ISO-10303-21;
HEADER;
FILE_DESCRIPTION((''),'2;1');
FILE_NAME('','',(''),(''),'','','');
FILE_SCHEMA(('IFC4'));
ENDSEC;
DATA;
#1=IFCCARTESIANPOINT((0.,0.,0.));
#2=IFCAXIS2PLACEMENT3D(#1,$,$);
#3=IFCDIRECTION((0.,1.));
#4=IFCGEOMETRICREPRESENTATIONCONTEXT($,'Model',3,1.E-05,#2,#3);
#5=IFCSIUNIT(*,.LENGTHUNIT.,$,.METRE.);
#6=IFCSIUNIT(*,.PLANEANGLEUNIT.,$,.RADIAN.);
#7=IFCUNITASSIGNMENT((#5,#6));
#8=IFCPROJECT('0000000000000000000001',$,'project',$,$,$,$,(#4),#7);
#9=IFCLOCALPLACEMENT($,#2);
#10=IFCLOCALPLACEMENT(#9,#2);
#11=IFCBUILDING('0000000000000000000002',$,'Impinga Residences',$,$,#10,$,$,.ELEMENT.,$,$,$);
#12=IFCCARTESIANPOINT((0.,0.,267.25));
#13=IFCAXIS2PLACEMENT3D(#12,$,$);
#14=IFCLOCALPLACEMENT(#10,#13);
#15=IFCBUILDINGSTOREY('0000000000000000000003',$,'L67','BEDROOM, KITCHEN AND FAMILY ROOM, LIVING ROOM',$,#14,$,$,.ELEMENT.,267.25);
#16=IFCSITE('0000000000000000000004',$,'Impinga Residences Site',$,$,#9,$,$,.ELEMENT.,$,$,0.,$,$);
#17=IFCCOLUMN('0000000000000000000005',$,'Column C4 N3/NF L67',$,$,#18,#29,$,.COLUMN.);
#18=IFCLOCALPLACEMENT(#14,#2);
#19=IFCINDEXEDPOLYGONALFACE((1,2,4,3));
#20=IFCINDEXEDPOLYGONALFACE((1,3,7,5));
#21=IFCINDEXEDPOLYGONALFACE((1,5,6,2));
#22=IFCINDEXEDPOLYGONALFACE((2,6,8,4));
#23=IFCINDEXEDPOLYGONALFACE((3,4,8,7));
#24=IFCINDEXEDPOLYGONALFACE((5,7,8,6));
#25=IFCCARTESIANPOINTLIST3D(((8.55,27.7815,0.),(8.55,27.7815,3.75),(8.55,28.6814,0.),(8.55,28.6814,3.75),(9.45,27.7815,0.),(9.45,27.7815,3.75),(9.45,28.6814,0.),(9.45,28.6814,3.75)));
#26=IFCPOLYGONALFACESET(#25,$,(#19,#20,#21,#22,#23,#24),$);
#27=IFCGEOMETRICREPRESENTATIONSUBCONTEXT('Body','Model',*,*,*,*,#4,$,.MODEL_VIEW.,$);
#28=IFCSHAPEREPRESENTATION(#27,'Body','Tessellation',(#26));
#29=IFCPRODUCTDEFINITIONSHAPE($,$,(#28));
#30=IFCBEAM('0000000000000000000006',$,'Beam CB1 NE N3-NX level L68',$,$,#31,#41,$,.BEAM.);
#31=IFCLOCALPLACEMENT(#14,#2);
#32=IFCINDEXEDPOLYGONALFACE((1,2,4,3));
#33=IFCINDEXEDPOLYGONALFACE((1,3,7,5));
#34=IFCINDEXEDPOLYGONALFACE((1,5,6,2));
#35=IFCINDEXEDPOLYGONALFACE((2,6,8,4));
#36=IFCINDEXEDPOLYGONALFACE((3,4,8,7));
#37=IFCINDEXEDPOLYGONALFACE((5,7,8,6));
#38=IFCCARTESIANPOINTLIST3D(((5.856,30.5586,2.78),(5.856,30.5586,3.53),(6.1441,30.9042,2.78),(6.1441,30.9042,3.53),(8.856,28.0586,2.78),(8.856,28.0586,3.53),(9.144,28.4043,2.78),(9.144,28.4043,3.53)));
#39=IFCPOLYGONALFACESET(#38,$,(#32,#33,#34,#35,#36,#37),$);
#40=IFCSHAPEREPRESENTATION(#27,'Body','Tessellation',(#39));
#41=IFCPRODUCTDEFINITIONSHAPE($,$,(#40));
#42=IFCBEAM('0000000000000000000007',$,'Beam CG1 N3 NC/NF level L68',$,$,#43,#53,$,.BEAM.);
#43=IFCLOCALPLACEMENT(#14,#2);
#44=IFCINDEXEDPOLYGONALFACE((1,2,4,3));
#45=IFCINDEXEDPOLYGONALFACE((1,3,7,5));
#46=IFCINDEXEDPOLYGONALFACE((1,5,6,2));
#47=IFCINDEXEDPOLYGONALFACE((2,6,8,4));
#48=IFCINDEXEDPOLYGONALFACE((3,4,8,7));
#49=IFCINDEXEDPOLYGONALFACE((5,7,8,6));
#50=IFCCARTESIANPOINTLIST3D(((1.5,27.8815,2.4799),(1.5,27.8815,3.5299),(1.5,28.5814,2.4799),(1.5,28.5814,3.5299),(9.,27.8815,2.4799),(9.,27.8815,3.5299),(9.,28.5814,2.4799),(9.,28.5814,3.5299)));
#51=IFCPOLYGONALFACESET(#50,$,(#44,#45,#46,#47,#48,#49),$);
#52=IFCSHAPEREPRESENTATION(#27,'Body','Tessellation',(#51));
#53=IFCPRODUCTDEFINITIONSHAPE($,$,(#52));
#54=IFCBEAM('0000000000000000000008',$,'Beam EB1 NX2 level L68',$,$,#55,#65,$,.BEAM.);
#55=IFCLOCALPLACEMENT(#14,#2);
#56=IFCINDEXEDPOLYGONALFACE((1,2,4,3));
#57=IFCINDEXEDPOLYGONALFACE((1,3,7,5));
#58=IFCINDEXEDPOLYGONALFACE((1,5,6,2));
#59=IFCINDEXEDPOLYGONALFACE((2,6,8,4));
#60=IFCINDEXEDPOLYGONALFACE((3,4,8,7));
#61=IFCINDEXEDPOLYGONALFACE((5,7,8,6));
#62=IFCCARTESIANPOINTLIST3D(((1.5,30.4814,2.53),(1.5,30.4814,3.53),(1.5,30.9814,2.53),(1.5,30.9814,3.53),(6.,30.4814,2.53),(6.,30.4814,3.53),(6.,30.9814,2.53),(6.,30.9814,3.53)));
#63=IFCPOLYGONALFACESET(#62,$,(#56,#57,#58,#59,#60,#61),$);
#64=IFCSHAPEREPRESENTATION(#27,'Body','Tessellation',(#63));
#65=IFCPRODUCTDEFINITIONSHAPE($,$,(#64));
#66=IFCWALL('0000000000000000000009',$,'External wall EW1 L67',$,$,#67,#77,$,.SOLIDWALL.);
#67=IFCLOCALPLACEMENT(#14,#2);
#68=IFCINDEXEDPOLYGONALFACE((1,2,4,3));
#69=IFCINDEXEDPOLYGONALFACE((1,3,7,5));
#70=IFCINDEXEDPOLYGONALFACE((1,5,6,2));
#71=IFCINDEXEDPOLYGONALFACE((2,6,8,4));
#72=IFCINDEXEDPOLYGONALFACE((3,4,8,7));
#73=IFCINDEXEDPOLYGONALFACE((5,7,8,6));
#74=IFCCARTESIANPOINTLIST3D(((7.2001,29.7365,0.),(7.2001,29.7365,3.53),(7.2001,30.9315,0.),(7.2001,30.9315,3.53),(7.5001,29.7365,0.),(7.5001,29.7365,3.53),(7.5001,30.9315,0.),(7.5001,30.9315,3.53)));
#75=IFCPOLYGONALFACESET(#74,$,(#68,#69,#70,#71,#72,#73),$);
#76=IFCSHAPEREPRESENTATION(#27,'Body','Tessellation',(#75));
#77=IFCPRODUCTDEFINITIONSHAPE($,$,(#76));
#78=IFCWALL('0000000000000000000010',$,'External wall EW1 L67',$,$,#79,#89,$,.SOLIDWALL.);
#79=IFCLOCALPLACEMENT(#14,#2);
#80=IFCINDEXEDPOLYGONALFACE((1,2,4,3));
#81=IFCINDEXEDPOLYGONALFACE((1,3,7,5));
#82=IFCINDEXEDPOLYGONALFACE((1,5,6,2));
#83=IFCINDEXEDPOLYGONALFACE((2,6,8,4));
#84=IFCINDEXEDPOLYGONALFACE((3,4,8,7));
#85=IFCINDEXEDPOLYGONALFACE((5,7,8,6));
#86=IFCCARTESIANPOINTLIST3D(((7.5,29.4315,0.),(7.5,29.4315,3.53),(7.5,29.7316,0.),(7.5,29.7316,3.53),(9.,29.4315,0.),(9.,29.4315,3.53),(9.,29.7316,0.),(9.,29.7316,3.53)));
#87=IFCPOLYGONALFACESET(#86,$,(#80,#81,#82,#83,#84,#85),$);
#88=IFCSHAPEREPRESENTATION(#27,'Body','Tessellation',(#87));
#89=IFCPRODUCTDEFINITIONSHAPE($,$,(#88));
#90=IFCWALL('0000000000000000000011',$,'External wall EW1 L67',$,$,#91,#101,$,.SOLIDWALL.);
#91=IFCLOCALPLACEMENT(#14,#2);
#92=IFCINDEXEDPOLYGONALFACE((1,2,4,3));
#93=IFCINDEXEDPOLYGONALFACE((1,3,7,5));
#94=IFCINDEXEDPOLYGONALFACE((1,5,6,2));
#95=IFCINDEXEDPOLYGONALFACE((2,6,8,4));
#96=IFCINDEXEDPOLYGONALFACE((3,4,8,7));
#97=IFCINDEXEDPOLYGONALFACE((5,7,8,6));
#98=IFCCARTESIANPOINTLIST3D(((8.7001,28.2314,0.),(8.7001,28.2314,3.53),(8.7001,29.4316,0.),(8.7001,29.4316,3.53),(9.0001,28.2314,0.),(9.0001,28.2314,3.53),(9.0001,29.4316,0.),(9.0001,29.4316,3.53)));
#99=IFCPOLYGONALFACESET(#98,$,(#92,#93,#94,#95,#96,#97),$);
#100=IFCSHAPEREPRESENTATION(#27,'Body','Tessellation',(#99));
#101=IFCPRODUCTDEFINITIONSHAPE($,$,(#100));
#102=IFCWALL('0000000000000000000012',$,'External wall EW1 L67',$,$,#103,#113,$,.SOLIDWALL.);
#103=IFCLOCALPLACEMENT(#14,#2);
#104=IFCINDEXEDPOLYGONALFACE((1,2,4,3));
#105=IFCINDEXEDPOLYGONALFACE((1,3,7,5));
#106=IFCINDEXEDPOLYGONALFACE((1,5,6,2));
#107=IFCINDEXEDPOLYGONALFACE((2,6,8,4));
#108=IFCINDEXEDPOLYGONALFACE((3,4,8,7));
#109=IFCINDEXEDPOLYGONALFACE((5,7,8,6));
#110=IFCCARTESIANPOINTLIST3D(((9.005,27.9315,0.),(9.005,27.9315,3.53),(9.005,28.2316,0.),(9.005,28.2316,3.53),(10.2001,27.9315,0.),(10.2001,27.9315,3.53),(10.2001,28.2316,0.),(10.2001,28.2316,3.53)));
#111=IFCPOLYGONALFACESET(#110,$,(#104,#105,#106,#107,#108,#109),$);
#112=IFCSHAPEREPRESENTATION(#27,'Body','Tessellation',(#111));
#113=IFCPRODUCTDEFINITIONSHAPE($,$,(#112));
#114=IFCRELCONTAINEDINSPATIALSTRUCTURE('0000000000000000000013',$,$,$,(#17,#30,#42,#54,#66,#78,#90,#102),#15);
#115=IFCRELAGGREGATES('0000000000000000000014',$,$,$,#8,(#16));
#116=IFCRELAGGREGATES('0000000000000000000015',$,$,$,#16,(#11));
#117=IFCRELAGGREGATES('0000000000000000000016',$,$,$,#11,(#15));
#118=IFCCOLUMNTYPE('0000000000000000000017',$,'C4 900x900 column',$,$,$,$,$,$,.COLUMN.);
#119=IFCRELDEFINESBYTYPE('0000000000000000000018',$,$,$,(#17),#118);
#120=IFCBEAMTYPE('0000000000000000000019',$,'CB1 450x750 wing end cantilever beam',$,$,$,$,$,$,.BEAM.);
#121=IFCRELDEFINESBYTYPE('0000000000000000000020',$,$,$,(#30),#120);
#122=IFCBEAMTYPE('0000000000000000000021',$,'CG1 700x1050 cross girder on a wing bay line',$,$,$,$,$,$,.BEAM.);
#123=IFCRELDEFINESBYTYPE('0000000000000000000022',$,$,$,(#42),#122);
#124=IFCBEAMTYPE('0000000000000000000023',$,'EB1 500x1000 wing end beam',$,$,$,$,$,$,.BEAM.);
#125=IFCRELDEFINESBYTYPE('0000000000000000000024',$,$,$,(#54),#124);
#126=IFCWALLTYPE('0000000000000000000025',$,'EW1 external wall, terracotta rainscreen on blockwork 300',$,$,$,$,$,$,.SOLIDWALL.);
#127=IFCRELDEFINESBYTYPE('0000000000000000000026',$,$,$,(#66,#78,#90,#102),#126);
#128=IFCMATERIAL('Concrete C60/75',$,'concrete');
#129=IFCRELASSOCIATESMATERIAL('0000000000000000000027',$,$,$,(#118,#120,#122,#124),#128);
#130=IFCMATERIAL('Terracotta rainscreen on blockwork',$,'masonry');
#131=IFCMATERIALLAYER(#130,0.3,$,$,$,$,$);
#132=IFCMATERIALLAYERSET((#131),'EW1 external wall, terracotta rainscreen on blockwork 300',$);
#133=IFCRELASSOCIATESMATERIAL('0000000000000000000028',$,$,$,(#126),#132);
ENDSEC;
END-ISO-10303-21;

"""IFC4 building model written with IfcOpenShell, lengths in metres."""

from ifc_helpers import new_model, si_unit, direction, frame, frame_2d, origin, origin_2d, place, context, subcontext, project, spatial, rectangle, extrude, material, layer, layer_set, material_profile, profile_set, type_object, element, save


model = new_model("IFC4")

# Units and contexts
model_context = context("Model", 3, precision=1e-05, world=origin(), true_north=direction((0.0, 1.0)))
body_context = subcontext(model_context, "Body", "Model", "MODEL_VIEW")
ifc_project = project(units=[si_unit("LENGTHUNIT", "METRE"), si_unit("PLANEANGLEUNIT", "RADIAN")], contexts=[model_context])

# Site, building, storey
site_placement = place(None, origin())
site = spatial("IfcSite", under=ifc_project, at=site_placement, Name="Impinga Residences Site", CompositionType="ELEMENT", RefElevation=0.0)
building_placement = place(site_placement, origin())
building = spatial("IfcBuilding", under=site, at=building_placement, Name="Impinga Residences", CompositionType="ELEMENT")
storey_placement = place(building_placement, frame((0.0, 0.0, 267.25)))
storey = spatial("IfcBuildingStorey", under=building, at=storey_placement, Name="L67", Description="BEDROOM, KITCHEN AND FAMILY ROOM, LIVING ROOM", CompositionType="ELEMENT", Elevation=267.25)

# Column
ifc_material_1 = material(Name="Concrete C60/75", Category="concrete")
ifc_material_profile_1 = material_profile(ifc_material_1, rectangle(XDim=0.8999, YDim=0.8999, at=origin_2d()), Name="RC 900x900")
ifc_profile_set_1 = profile_set([ifc_material_profile_1], Name="Concrete C60/75")
column_type = type_object("IfcColumnType", Name="C4 900x900 column", PredefinedType="COLUMN", material=ifc_profile_set_1)
column_placement = place(storey_placement, frame((9.0, 28.2314, 0.0), z_axis=(0.0, 0.0, 1.0), x_axis=(1.0, 0.0, 0.0)))
element("IfcColumn", 1, at=column_placement, inside=storey, type_object=column_type, Name="Column C4 N3/NF L67", PredefinedType="COLUMN", context=body_context, shape_type="SweptSolid", body=[
    extrude(rectangle(XDim=0.8999, YDim=0.8999, at=origin_2d()), origin(), (0.0, 0.0, 1.0), 3.75),
])

# Beams
ifc_material_profile_2 = material_profile(ifc_material_1, rectangle(XDim=0.45, YDim=0.75, at=origin_2d()), Name="RC 450x750")
ifc_profile_set_2 = profile_set([ifc_material_profile_2], Name="Concrete C60/75")
beam_type_1 = type_object("IfcBeamType", Name="CB1 450x750 wing end cantilever beam", PredefinedType="BEAM", material=ifc_profile_set_2)
beam_1_placement = place(storey_placement, frame((9.0, 28.2314, 3.155), z_axis=(-0.768221, 0.640184, 0.0), x_axis=(-0.640184, -0.768221, 0.0)))
element("IfcBeam", 2, at=beam_1_placement, inside=storey, type_object=beam_type_1, Name="Beam CB1 NE N3-NX level L68", PredefinedType="BEAM", context=body_context, shape_type="SweptSolid", body=[
    extrude(rectangle(XDim=0.45, YDim=0.75, at=origin_2d()), origin(), (0.0, 0.0, 1.0), 3.905),
])
ifc_material_profile_3 = material_profile(ifc_material_1, rectangle(XDim=0.7, YDim=1.05, at=origin_2d()), Name="RC 700x1050")
ifc_profile_set_3 = profile_set([ifc_material_profile_3], Name="Concrete C60/75")
beam_type_2 = type_object("IfcBeamType", Name="CG1 700x1050 cross girder on a wing bay line", PredefinedType="BEAM", material=ifc_profile_set_3)
beam_2_placement = place(storey_placement, frame((1.5, 28.2314, 3.0049), z_axis=(1.0, 0.0, 0.0), x_axis=(0.0, 1.0, 0.0)))
element("IfcBeam", 3, at=beam_2_placement, inside=storey, type_object=beam_type_2, Name="Beam CG1 N3 NC/NF level L68", PredefinedType="BEAM", context=body_context, shape_type="SweptSolid", body=[
    extrude(rectangle(XDim=0.7, YDim=1.05, at=origin_2d()), origin(), (0.0, 0.0, 1.0), 7.5),
])
ifc_material_profile_4 = material_profile(ifc_material_1, rectangle(XDim=0.5, YDim=1.0, at=origin_2d()), Name="RC 500x1000")
ifc_profile_set_4 = profile_set([ifc_material_profile_4], Name="Concrete C60/75")
beam_type_3 = type_object("IfcBeamType", Name="EB1 500x1000 wing end beam", PredefinedType="BEAM", material=ifc_profile_set_4)
beam_3_placement = place(storey_placement, frame((1.5, 30.7314, 3.03), z_axis=(1.0, 0.0, 0.0), x_axis=(0.0, 1.0, 0.0)))
element("IfcBeam", 4, at=beam_3_placement, inside=storey, type_object=beam_type_3, Name="Beam EB1 NX2 level L68", PredefinedType="BEAM", context=body_context, shape_type="SweptSolid", body=[
    extrude(rectangle(XDim=0.5, YDim=1.0, at=origin_2d()), origin(), (0.0, 0.0, 1.0), 4.5),
])

# Walls
ifc_material_2 = material(Name="Terracotta rainscreen on blockwork", Category="masonry")
ifc_layer_1 = layer(ifc_material_2, 0.3)
ifc_layer_set_1 = layer_set([ifc_layer_1], Name="EW1 external wall, terracotta rainscreen on blockwork 300")
wall_type_1 = type_object("IfcWallType", Name="EW1 external wall, terracotta rainscreen on blockwork 300", PredefinedType="SOLIDWALL", material=ifc_layer_set_1)
wall_1_placement = place(storey_placement, frame((7.3501, 30.9316, 0.0), z_axis=(0.0, 0.0, 1.0), x_axis=(0.0, -1.0, 0.0)))
element("IfcWall", 5, at=wall_1_placement, inside=storey, type_object=wall_type_1, Name="External wall EW1 L67", PredefinedType="SOLIDWALL", context=body_context, shape_type="SweptSolid", body=[
    extrude(rectangle(XDim=1.1951, YDim=0.3, at=frame_2d((0.5977, 0.0))), origin(), (0.0, 0.0, 1.0), 3.53),
])
wall_2_placement = place(storey_placement, frame((7.5, 29.5815, 0.0), z_axis=(0.0, 0.0, 1.0), x_axis=(1.0, 0.0, 0.0)))
element("IfcWall", 6, at=wall_2_placement, inside=storey, type_object=wall_type_1, Name="External wall EW1 L67", PredefinedType="SOLIDWALL", context=body_context, shape_type="SweptSolid", body=[
    extrude(rectangle(XDim=1.5, YDim=0.3, at=frame_2d((0.75, 0.0))), origin(), (0.0, 0.0, 1.0), 3.53),
])
wall_3_placement = place(storey_placement, frame((8.8501, 29.4316, 0.0), z_axis=(0.0, 0.0, 1.0), x_axis=(0.0, -1.0, 0.0)))
element("IfcWall", 7, at=wall_3_placement, inside=storey, type_object=wall_type_1, Name="External wall EW1 L67", PredefinedType="SOLIDWALL", context=body_context, shape_type="SweptSolid", body=[
    extrude(rectangle(XDim=1.2002, YDim=0.3, at=frame_2d((0.6001, 0.0))), origin(), (0.0, 0.0, 1.0), 3.53),
])
wall_4_placement = place(storey_placement, frame((9.0049, 28.0815, 0.0), z_axis=(0.0, 0.0, 1.0), x_axis=(1.0, 0.0, 0.0)))
element("IfcWall", 8, at=wall_4_placement, inside=storey, type_object=wall_type_1, Name="External wall EW1 L67", PredefinedType="SOLIDWALL", context=body_context, shape_type="SweptSolid", body=[
    extrude(rectangle(XDim=1.1951, YDim=0.3, at=frame_2d((0.5977, 0.0))), origin(), (0.0, 0.0, 1.0), 3.53),
])

save(model, "model.ifc")
